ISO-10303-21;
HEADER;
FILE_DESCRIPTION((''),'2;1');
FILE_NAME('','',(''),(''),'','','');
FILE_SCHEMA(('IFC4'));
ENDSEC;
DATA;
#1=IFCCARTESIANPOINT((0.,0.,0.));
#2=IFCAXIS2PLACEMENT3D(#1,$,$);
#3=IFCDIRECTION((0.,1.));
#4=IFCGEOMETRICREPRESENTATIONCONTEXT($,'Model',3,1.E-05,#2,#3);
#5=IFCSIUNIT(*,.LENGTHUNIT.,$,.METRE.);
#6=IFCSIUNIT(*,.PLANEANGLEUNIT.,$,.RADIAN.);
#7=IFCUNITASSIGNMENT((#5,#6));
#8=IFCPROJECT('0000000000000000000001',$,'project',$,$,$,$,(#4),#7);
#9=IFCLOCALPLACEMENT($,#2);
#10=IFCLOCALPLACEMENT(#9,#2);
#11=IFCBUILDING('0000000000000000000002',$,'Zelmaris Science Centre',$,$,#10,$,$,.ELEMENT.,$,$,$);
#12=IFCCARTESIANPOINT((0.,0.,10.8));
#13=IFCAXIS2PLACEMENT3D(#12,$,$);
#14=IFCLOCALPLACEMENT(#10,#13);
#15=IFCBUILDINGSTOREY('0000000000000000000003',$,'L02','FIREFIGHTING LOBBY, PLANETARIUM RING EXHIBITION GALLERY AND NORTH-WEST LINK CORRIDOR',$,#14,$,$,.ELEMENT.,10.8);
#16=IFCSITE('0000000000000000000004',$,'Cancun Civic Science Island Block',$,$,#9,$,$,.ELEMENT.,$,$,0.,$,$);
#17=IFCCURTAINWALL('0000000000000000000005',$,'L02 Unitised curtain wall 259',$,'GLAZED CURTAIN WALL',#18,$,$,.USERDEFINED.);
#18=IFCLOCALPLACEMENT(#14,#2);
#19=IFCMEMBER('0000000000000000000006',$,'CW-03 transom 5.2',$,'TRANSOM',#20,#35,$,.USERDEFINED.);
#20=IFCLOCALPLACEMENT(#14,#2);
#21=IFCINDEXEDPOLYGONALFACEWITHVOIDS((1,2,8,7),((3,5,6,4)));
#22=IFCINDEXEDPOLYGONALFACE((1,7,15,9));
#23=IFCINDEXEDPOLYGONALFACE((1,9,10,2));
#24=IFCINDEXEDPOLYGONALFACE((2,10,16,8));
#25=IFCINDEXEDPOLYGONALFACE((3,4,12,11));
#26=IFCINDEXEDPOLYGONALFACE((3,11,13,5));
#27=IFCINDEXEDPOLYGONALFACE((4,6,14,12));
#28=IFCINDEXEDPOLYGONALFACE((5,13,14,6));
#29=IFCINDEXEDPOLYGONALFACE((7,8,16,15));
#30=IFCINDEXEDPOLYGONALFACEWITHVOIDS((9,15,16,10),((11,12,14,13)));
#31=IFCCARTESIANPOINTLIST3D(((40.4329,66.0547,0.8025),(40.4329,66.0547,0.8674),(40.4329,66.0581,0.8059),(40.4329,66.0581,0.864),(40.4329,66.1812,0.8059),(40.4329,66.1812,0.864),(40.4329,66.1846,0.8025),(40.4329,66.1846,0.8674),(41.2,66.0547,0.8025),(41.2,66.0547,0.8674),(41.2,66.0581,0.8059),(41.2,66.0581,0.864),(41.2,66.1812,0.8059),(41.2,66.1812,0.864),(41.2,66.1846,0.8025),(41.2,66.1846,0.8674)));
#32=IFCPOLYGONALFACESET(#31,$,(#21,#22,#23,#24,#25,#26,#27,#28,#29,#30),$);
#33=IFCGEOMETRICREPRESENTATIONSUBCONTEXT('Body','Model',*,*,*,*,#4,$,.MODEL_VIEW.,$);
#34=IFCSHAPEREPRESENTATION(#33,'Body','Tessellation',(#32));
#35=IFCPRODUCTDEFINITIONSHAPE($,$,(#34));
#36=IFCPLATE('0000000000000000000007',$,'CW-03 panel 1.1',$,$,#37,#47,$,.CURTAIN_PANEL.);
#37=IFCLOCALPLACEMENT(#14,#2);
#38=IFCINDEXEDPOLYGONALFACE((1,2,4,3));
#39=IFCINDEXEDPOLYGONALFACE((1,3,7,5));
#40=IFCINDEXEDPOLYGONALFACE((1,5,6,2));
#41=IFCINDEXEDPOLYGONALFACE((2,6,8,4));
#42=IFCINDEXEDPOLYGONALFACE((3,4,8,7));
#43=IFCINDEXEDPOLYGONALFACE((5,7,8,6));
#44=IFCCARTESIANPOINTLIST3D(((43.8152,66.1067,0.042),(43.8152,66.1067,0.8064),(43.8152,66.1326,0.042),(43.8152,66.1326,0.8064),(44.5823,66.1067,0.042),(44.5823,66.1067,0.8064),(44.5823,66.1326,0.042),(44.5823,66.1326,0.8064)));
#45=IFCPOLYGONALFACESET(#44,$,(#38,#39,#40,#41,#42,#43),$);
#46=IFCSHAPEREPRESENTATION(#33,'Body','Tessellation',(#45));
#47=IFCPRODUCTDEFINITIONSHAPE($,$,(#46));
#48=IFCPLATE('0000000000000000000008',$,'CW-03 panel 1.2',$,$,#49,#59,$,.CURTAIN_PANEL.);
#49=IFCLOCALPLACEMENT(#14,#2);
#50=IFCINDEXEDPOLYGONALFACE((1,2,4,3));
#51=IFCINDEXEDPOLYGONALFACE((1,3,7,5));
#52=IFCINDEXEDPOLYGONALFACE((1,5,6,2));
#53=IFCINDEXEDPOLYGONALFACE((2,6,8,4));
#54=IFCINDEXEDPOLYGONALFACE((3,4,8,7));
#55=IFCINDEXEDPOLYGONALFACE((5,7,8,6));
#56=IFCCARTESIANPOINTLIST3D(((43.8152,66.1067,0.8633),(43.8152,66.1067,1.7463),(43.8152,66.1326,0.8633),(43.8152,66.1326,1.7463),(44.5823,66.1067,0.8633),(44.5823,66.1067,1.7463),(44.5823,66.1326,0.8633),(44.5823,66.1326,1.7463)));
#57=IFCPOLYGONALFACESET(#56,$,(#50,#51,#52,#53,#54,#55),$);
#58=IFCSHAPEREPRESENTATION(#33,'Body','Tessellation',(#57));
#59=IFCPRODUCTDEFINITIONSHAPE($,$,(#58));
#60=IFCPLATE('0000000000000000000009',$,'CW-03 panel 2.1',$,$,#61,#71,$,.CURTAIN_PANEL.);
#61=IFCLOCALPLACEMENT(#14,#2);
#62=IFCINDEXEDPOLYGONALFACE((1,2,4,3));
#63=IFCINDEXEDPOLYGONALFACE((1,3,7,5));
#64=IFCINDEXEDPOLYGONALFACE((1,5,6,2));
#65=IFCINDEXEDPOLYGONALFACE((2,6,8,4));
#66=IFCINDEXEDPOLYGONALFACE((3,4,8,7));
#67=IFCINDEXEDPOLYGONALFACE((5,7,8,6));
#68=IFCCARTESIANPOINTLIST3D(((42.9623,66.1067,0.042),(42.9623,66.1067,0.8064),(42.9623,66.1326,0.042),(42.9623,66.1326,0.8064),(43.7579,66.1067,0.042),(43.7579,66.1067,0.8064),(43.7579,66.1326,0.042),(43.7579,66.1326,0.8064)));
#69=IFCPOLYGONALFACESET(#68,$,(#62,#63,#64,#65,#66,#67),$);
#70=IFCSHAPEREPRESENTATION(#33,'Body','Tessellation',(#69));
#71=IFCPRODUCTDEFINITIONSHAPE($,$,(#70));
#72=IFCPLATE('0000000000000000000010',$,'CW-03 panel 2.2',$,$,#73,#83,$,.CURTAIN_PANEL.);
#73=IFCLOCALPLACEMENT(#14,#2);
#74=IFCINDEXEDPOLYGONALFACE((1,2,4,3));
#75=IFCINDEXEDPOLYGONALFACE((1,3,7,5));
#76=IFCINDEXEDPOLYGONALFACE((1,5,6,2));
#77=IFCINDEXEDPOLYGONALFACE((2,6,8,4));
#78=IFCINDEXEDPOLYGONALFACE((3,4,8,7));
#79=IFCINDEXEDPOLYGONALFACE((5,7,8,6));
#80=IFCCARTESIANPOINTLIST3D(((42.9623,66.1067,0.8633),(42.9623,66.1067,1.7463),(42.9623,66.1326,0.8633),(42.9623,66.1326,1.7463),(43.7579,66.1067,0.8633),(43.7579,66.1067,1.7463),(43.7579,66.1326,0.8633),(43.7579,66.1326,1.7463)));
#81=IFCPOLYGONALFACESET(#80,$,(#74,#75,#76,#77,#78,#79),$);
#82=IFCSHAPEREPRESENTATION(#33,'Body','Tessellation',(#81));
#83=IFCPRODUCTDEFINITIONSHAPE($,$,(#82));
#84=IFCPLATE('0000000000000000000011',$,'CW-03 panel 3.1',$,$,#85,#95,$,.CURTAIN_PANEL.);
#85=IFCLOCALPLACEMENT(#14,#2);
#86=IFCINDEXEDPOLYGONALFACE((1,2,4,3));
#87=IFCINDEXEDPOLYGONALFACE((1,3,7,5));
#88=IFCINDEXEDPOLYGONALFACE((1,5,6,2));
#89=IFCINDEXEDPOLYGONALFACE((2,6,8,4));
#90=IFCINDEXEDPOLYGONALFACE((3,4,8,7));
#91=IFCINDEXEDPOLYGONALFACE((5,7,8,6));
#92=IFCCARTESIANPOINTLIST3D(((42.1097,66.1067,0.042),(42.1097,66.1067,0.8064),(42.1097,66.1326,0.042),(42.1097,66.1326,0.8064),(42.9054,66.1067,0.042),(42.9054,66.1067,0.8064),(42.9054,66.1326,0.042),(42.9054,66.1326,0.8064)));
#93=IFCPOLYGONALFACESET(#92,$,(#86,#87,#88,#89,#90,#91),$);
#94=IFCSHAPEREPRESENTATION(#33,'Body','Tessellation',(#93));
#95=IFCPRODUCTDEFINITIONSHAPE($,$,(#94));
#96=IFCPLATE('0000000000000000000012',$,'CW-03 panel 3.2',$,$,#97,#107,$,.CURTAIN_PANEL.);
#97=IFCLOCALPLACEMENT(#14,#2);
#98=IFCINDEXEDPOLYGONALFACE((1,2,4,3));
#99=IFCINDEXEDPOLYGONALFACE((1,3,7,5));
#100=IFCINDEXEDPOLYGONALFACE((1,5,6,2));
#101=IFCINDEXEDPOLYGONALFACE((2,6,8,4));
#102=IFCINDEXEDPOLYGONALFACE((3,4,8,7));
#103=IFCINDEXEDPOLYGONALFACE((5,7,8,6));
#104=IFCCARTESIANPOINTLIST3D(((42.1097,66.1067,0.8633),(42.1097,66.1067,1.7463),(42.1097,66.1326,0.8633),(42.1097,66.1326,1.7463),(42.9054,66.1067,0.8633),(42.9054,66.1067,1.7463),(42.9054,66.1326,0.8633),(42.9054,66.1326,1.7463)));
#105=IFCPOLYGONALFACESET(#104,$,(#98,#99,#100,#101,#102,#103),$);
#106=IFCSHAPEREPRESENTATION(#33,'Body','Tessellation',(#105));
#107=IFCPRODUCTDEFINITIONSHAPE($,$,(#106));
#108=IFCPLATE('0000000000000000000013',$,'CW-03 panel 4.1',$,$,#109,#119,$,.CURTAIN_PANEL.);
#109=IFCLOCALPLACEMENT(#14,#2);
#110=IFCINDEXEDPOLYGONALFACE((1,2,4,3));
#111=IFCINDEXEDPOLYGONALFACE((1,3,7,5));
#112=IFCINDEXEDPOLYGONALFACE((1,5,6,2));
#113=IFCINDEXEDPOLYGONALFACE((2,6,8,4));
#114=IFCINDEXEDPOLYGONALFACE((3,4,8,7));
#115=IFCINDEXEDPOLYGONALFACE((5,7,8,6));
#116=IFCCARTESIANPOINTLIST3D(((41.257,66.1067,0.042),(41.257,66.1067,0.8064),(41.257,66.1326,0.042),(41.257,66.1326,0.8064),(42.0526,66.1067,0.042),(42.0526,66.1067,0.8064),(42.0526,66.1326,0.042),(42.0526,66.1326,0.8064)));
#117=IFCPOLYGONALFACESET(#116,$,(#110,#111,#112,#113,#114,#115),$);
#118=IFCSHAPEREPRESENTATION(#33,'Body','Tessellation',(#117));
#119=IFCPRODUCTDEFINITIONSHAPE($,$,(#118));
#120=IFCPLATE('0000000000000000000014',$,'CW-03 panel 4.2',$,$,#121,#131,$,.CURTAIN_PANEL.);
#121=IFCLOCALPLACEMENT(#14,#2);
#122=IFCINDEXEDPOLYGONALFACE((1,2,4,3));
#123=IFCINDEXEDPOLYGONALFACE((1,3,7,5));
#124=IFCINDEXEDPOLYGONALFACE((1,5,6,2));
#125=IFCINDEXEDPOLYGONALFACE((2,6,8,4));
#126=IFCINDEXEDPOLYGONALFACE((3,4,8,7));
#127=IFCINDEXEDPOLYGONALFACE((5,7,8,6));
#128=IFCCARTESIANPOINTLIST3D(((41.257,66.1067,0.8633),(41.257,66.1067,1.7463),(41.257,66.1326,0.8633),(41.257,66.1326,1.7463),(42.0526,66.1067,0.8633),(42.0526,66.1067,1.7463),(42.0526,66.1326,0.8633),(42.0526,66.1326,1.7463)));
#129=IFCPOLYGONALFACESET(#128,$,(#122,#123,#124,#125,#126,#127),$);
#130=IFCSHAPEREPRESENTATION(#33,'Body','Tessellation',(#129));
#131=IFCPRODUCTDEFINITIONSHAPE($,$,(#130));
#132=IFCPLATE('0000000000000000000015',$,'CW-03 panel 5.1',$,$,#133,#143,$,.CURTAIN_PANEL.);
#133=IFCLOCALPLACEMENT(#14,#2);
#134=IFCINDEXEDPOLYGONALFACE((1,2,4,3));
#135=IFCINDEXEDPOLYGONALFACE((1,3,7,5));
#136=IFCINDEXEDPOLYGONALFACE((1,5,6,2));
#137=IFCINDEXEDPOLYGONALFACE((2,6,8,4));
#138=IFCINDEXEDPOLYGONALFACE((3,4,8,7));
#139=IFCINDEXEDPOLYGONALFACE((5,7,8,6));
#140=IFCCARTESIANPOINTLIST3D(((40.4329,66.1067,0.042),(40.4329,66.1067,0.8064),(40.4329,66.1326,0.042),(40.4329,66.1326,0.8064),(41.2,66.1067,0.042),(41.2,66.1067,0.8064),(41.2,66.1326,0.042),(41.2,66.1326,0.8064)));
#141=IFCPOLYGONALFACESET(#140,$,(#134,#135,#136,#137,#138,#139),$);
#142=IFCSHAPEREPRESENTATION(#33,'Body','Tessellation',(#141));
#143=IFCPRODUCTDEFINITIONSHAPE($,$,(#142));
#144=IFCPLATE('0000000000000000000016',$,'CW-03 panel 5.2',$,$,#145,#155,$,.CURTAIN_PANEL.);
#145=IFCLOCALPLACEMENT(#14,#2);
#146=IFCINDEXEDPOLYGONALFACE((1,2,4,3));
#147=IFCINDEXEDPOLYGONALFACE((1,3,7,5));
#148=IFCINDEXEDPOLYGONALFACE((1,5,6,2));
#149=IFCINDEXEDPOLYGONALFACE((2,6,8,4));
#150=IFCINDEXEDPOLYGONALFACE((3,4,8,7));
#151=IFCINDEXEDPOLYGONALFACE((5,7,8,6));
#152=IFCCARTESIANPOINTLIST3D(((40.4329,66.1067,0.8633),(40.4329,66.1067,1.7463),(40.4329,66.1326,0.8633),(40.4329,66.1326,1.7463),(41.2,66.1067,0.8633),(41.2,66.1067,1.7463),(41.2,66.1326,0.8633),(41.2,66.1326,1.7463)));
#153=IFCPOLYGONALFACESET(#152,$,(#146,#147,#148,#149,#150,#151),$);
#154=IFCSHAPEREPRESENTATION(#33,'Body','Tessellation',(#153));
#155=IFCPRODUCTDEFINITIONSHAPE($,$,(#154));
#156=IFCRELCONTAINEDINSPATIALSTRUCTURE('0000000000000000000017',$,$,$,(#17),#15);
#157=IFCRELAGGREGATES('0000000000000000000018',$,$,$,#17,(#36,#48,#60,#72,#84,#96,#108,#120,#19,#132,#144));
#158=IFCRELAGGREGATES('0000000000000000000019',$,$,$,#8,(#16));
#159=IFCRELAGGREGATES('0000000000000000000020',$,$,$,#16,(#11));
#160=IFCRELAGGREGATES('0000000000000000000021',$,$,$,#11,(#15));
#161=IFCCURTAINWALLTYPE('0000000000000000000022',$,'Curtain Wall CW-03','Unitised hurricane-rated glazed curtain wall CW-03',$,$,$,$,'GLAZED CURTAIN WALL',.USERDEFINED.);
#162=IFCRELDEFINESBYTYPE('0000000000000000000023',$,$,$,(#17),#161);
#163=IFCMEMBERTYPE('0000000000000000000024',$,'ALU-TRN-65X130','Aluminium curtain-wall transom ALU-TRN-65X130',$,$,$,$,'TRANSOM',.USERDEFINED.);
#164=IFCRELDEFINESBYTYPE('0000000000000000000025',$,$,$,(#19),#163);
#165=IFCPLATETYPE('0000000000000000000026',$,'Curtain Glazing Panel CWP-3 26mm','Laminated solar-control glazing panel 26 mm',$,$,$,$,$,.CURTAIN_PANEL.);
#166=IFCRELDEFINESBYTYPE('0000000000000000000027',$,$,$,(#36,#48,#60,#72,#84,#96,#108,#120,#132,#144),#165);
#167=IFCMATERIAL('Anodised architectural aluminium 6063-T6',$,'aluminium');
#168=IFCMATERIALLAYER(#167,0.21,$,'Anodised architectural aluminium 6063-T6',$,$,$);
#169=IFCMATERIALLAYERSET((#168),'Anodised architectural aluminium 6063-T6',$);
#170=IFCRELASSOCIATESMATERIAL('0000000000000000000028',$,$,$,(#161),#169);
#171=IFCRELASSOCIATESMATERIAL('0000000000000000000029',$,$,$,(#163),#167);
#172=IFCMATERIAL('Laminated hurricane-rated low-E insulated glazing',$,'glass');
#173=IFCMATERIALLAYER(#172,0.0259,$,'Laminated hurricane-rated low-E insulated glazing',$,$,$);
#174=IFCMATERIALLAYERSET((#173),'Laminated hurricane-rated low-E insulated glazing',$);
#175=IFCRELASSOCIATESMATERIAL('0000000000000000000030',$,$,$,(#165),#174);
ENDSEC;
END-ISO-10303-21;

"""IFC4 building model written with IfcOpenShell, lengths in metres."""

from ifc_helpers import new_model, si_unit, direction, frame, origin, origin_2d, place, context, subcontext, project, spatial, rectangle, hollow_rectangle, extrude, material, layer, layer_set, material_profile, profile_set, type_object, element, aggregate, save


model = new_model("IFC4")

# Units and contexts
model_context = context("Model", 3, precision=1e-05, world=origin(), true_north=direction((0.0, 1.0)))
body_context = subcontext(model_context, "Body", "Model", "MODEL_VIEW")
ifc_project = project(units=[si_unit("LENGTHUNIT", "METRE"), si_unit("PLANEANGLEUNIT", "RADIAN")], contexts=[model_context])

# Site, building, storey
site_placement = place(None, origin())
site = spatial("IfcSite", under=ifc_project, at=site_placement, Name="Cancun Civic Science Island Block", CompositionType="ELEMENT", RefElevation=0.0)
building_placement = place(site_placement, origin())
building = spatial("IfcBuilding", under=site, at=building_placement, Name="Zelmaris Science Centre", CompositionType="ELEMENT")
storey_placement = place(building_placement, frame((0.0, 0.0, 10.8)))
storey = spatial("IfcBuildingStorey", under=building, at=storey_placement, Name="L02", Description="FIREFIGHTING LOBBY, PLANETARIUM RING EXHIBITION GALLERY AND NORTH-WEST LINK CORRIDOR", CompositionType="ELEMENT", Elevation=10.8)

# Curtain wall, member, plates
ifc_material_1 = material(Name="Anodised architectural aluminium 6063-T6", Category="aluminium")
ifc_layer_1 = layer(ifc_material_1, 0.21, Name="Anodised architectural aluminium 6063-T6")
ifc_layer_set_1 = layer_set([ifc_layer_1], Name="Anodised architectural aluminium 6063-T6")
curtain_wall_type = type_object("IfcCurtainWallType", Name="Curtain Wall CW-03", Description="Unitised hurricane-rated glazed curtain wall CW-03", ElementType="GLAZED CURTAIN WALL", PredefinedType="USERDEFINED", material=ifc_layer_set_1)
curtain_wall_placement = place(storey_placement, origin())
curtain_wall = element("IfcCurtainWall", 1, at=curtain_wall_placement, inside=storey, type_object=curtain_wall_type, Name="L02 Unitised curtain wall 259", ObjectType="GLAZED CURTAIN WALL", PredefinedType="USERDEFINED")
ifc_material_profile_1 = material_profile(ifc_material_1, hollow_rectangle(XDim=0.0649, YDim=0.1299, WallThickness=0.0034, at=origin_2d()), Name="ALU-TRN-65X130")
ifc_profile_set_1 = profile_set([ifc_material_profile_1], Name="Anodised architectural aluminium 6063-T6")
member_type_1 = type_object("IfcMemberType", Name="ALU-TRN-65X130", Description="Aluminium curtain-wall transom ALU-TRN-65X130", ElementType="TRANSOM", PredefinedType="USERDEFINED", material=ifc_profile_set_1)
member_1_placement = place(storey_placement, frame((41.2, 66.1196, 0.835), z_axis=(-1.0, 0.0, 0.0), x_axis=(0.0, 0.0, 1.0)))
member_1 = element("IfcMember", 2, at=member_1_placement, type_object=member_type_1, Name="CW-03 transom 5.2", ObjectType="TRANSOM", PredefinedType="USERDEFINED", context=body_context, shape_type="SweptSolid", body=[
    extrude(hollow_rectangle(XDim=0.0649, YDim=0.1299, WallThickness=0.0034, at=origin_2d()), origin(), (0.0, 0.0, 1.0), 0.7671),
])
ifc_material_2 = material(Name="Laminated hurricane-rated low-E insulated glazing", Category="glass")
ifc_layer_2 = layer(ifc_material_2, 0.0259, Name="Laminated hurricane-rated low-E insulated glazing")
ifc_layer_set_2 = layer_set([ifc_layer_2], Name="Laminated hurricane-rated low-E insulated glazing")
plate_type = type_object("IfcPlateType", Name="Curtain Glazing Panel CWP-3 26mm", Description="Laminated solar-control glazing panel 26 mm", PredefinedType="CURTAIN_PANEL", material=ifc_layer_set_2)
plate_1_placement = place(storey_placement, frame((44.1987, 66.1196, 0.042), z_axis=(0.0, 0.0, 1.0), x_axis=(-1.0, 0.0, 0.0)))
plate_1 = element("IfcPlate", 3, at=plate_1_placement, type_object=plate_type, Name="CW-03 panel 1.1", PredefinedType="CURTAIN_PANEL", context=body_context, shape_type="SweptSolid", body=[
    extrude(rectangle(XDim=0.7671, YDim=0.0259, at=origin_2d()), origin(), (0.0, 0.0, 1.0), 0.7644),
])
plate_2_placement = place(storey_placement, frame((44.1987, 66.1196, 0.8633), z_axis=(0.0, 0.0, 1.0), x_axis=(-1.0, 0.0, 0.0)))
plate_2 = element("IfcPlate", 4, at=plate_2_placement, type_object=plate_type, Name="CW-03 panel 1.2", PredefinedType="CURTAIN_PANEL", context=body_context, shape_type="SweptSolid", body=[
    extrude(rectangle(XDim=0.7671, YDim=0.0259, at=origin_2d()), origin(), (0.0, 0.0, 1.0), 0.8831),
])
plate_3_placement = place(storey_placement, frame((43.3601, 66.1196, 0.042), z_axis=(0.0, 0.0, 1.0), x_axis=(-1.0, 0.0, 0.0)))
plate_3 = element("IfcPlate", 5, at=plate_3_placement, type_object=plate_type, Name="CW-03 panel 2.1", PredefinedType="CURTAIN_PANEL", context=body_context, shape_type="SweptSolid", body=[
    extrude(rectangle(XDim=0.7957, YDim=0.0259, at=origin_2d()), origin(), (0.0, 0.0, 1.0), 0.7644),
])
plate_4_placement = place(storey_placement, frame((43.3601, 66.1196, 0.8633), z_axis=(0.0, 0.0, 1.0), x_axis=(-1.0, 0.0, 0.0)))
plate_4 = element("IfcPlate", 6, at=plate_4_placement, type_object=plate_type, Name="CW-03 panel 2.2", PredefinedType="CURTAIN_PANEL", context=body_context, shape_type="SweptSolid", body=[
    extrude(rectangle(XDim=0.7957, YDim=0.0259, at=origin_2d()), origin(), (0.0, 0.0, 1.0), 0.8831),
])
plate_5_placement = place(storey_placement, frame((42.5076, 66.1196, 0.042), z_axis=(0.0, 0.0, 1.0), x_axis=(-1.0, 0.0, 0.0)))
plate_5 = element("IfcPlate", 7, at=plate_5_placement, type_object=plate_type, Name="CW-03 panel 3.1", PredefinedType="CURTAIN_PANEL", context=body_context, shape_type="SweptSolid", body=[
    extrude(rectangle(XDim=0.7957, YDim=0.0259, at=origin_2d()), origin(), (0.0, 0.0, 1.0), 0.7644),
])
plate_6_placement = place(storey_placement, frame((42.5076, 66.1196, 0.8633), z_axis=(0.0, 0.0, 1.0), x_axis=(-1.0, 0.0, 0.0)))
plate_6 = element("IfcPlate", 8, at=plate_6_placement, type_object=plate_type, Name="CW-03 panel 3.2", PredefinedType="CURTAIN_PANEL", context=body_context, shape_type="SweptSolid", body=[
    extrude(rectangle(XDim=0.7957, YDim=0.0259, at=origin_2d()), origin(), (0.0, 0.0, 1.0), 0.8831),
])
plate_7_placement = place(storey_placement, frame((41.6548, 66.1196, 0.042), z_axis=(0.0, 0.0, 1.0), x_axis=(-1.0, 0.0, 0.0)))
plate_7 = element("IfcPlate", 9, at=plate_7_placement, type_object=plate_type, Name="CW-03 panel 4.1", PredefinedType="CURTAIN_PANEL", context=body_context, shape_type="SweptSolid", body=[
    extrude(rectangle(XDim=0.7957, YDim=0.0259, at=origin_2d()), origin(), (0.0, 0.0, 1.0), 0.7644),
])
plate_8_placement = place(storey_placement, frame((41.6548, 66.1196, 0.8633), z_axis=(0.0, 0.0, 1.0), x_axis=(-1.0, 0.0, 0.0)))
plate_8 = element("IfcPlate", 10, at=plate_8_placement, type_object=plate_type, Name="CW-03 panel 4.2", PredefinedType="CURTAIN_PANEL", context=body_context, shape_type="SweptSolid", body=[
    extrude(rectangle(XDim=0.7957, YDim=0.0259, at=origin_2d()), origin(), (0.0, 0.0, 1.0), 0.8831),
])
plate_9_placement = place(storey_placement, frame((40.8164, 66.1196, 0.042), z_axis=(0.0, 0.0, 1.0), x_axis=(-1.0, 0.0, 0.0)))
plate_9 = element("IfcPlate", 11, at=plate_9_placement, type_object=plate_type, Name="CW-03 panel 5.1", PredefinedType="CURTAIN_PANEL", context=body_context, shape_type="SweptSolid", body=[
    extrude(rectangle(XDim=0.7671, YDim=0.0259, at=origin_2d()), origin(), (0.0, 0.0, 1.0), 0.7644),
])
plate_10_placement = place(storey_placement, frame((40.8164, 66.1196, 0.8633), z_axis=(0.0, 0.0, 1.0), x_axis=(-1.0, 0.0, 0.0)))
plate_10 = element("IfcPlate", 12, at=plate_10_placement, type_object=plate_type, Name="CW-03 panel 5.2", PredefinedType="CURTAIN_PANEL", context=body_context, shape_type="SweptSolid", body=[
    extrude(rectangle(XDim=0.7671, YDim=0.0259, at=origin_2d()), origin(), (0.0, 0.0, 1.0), 0.8831),
])
aggregate(curtain_wall, [plate_1, plate_2, plate_3, plate_4, plate_5, plate_6, plate_7, plate_8, member_1, plate_9, plate_10])

save(model, "model.ifc")
